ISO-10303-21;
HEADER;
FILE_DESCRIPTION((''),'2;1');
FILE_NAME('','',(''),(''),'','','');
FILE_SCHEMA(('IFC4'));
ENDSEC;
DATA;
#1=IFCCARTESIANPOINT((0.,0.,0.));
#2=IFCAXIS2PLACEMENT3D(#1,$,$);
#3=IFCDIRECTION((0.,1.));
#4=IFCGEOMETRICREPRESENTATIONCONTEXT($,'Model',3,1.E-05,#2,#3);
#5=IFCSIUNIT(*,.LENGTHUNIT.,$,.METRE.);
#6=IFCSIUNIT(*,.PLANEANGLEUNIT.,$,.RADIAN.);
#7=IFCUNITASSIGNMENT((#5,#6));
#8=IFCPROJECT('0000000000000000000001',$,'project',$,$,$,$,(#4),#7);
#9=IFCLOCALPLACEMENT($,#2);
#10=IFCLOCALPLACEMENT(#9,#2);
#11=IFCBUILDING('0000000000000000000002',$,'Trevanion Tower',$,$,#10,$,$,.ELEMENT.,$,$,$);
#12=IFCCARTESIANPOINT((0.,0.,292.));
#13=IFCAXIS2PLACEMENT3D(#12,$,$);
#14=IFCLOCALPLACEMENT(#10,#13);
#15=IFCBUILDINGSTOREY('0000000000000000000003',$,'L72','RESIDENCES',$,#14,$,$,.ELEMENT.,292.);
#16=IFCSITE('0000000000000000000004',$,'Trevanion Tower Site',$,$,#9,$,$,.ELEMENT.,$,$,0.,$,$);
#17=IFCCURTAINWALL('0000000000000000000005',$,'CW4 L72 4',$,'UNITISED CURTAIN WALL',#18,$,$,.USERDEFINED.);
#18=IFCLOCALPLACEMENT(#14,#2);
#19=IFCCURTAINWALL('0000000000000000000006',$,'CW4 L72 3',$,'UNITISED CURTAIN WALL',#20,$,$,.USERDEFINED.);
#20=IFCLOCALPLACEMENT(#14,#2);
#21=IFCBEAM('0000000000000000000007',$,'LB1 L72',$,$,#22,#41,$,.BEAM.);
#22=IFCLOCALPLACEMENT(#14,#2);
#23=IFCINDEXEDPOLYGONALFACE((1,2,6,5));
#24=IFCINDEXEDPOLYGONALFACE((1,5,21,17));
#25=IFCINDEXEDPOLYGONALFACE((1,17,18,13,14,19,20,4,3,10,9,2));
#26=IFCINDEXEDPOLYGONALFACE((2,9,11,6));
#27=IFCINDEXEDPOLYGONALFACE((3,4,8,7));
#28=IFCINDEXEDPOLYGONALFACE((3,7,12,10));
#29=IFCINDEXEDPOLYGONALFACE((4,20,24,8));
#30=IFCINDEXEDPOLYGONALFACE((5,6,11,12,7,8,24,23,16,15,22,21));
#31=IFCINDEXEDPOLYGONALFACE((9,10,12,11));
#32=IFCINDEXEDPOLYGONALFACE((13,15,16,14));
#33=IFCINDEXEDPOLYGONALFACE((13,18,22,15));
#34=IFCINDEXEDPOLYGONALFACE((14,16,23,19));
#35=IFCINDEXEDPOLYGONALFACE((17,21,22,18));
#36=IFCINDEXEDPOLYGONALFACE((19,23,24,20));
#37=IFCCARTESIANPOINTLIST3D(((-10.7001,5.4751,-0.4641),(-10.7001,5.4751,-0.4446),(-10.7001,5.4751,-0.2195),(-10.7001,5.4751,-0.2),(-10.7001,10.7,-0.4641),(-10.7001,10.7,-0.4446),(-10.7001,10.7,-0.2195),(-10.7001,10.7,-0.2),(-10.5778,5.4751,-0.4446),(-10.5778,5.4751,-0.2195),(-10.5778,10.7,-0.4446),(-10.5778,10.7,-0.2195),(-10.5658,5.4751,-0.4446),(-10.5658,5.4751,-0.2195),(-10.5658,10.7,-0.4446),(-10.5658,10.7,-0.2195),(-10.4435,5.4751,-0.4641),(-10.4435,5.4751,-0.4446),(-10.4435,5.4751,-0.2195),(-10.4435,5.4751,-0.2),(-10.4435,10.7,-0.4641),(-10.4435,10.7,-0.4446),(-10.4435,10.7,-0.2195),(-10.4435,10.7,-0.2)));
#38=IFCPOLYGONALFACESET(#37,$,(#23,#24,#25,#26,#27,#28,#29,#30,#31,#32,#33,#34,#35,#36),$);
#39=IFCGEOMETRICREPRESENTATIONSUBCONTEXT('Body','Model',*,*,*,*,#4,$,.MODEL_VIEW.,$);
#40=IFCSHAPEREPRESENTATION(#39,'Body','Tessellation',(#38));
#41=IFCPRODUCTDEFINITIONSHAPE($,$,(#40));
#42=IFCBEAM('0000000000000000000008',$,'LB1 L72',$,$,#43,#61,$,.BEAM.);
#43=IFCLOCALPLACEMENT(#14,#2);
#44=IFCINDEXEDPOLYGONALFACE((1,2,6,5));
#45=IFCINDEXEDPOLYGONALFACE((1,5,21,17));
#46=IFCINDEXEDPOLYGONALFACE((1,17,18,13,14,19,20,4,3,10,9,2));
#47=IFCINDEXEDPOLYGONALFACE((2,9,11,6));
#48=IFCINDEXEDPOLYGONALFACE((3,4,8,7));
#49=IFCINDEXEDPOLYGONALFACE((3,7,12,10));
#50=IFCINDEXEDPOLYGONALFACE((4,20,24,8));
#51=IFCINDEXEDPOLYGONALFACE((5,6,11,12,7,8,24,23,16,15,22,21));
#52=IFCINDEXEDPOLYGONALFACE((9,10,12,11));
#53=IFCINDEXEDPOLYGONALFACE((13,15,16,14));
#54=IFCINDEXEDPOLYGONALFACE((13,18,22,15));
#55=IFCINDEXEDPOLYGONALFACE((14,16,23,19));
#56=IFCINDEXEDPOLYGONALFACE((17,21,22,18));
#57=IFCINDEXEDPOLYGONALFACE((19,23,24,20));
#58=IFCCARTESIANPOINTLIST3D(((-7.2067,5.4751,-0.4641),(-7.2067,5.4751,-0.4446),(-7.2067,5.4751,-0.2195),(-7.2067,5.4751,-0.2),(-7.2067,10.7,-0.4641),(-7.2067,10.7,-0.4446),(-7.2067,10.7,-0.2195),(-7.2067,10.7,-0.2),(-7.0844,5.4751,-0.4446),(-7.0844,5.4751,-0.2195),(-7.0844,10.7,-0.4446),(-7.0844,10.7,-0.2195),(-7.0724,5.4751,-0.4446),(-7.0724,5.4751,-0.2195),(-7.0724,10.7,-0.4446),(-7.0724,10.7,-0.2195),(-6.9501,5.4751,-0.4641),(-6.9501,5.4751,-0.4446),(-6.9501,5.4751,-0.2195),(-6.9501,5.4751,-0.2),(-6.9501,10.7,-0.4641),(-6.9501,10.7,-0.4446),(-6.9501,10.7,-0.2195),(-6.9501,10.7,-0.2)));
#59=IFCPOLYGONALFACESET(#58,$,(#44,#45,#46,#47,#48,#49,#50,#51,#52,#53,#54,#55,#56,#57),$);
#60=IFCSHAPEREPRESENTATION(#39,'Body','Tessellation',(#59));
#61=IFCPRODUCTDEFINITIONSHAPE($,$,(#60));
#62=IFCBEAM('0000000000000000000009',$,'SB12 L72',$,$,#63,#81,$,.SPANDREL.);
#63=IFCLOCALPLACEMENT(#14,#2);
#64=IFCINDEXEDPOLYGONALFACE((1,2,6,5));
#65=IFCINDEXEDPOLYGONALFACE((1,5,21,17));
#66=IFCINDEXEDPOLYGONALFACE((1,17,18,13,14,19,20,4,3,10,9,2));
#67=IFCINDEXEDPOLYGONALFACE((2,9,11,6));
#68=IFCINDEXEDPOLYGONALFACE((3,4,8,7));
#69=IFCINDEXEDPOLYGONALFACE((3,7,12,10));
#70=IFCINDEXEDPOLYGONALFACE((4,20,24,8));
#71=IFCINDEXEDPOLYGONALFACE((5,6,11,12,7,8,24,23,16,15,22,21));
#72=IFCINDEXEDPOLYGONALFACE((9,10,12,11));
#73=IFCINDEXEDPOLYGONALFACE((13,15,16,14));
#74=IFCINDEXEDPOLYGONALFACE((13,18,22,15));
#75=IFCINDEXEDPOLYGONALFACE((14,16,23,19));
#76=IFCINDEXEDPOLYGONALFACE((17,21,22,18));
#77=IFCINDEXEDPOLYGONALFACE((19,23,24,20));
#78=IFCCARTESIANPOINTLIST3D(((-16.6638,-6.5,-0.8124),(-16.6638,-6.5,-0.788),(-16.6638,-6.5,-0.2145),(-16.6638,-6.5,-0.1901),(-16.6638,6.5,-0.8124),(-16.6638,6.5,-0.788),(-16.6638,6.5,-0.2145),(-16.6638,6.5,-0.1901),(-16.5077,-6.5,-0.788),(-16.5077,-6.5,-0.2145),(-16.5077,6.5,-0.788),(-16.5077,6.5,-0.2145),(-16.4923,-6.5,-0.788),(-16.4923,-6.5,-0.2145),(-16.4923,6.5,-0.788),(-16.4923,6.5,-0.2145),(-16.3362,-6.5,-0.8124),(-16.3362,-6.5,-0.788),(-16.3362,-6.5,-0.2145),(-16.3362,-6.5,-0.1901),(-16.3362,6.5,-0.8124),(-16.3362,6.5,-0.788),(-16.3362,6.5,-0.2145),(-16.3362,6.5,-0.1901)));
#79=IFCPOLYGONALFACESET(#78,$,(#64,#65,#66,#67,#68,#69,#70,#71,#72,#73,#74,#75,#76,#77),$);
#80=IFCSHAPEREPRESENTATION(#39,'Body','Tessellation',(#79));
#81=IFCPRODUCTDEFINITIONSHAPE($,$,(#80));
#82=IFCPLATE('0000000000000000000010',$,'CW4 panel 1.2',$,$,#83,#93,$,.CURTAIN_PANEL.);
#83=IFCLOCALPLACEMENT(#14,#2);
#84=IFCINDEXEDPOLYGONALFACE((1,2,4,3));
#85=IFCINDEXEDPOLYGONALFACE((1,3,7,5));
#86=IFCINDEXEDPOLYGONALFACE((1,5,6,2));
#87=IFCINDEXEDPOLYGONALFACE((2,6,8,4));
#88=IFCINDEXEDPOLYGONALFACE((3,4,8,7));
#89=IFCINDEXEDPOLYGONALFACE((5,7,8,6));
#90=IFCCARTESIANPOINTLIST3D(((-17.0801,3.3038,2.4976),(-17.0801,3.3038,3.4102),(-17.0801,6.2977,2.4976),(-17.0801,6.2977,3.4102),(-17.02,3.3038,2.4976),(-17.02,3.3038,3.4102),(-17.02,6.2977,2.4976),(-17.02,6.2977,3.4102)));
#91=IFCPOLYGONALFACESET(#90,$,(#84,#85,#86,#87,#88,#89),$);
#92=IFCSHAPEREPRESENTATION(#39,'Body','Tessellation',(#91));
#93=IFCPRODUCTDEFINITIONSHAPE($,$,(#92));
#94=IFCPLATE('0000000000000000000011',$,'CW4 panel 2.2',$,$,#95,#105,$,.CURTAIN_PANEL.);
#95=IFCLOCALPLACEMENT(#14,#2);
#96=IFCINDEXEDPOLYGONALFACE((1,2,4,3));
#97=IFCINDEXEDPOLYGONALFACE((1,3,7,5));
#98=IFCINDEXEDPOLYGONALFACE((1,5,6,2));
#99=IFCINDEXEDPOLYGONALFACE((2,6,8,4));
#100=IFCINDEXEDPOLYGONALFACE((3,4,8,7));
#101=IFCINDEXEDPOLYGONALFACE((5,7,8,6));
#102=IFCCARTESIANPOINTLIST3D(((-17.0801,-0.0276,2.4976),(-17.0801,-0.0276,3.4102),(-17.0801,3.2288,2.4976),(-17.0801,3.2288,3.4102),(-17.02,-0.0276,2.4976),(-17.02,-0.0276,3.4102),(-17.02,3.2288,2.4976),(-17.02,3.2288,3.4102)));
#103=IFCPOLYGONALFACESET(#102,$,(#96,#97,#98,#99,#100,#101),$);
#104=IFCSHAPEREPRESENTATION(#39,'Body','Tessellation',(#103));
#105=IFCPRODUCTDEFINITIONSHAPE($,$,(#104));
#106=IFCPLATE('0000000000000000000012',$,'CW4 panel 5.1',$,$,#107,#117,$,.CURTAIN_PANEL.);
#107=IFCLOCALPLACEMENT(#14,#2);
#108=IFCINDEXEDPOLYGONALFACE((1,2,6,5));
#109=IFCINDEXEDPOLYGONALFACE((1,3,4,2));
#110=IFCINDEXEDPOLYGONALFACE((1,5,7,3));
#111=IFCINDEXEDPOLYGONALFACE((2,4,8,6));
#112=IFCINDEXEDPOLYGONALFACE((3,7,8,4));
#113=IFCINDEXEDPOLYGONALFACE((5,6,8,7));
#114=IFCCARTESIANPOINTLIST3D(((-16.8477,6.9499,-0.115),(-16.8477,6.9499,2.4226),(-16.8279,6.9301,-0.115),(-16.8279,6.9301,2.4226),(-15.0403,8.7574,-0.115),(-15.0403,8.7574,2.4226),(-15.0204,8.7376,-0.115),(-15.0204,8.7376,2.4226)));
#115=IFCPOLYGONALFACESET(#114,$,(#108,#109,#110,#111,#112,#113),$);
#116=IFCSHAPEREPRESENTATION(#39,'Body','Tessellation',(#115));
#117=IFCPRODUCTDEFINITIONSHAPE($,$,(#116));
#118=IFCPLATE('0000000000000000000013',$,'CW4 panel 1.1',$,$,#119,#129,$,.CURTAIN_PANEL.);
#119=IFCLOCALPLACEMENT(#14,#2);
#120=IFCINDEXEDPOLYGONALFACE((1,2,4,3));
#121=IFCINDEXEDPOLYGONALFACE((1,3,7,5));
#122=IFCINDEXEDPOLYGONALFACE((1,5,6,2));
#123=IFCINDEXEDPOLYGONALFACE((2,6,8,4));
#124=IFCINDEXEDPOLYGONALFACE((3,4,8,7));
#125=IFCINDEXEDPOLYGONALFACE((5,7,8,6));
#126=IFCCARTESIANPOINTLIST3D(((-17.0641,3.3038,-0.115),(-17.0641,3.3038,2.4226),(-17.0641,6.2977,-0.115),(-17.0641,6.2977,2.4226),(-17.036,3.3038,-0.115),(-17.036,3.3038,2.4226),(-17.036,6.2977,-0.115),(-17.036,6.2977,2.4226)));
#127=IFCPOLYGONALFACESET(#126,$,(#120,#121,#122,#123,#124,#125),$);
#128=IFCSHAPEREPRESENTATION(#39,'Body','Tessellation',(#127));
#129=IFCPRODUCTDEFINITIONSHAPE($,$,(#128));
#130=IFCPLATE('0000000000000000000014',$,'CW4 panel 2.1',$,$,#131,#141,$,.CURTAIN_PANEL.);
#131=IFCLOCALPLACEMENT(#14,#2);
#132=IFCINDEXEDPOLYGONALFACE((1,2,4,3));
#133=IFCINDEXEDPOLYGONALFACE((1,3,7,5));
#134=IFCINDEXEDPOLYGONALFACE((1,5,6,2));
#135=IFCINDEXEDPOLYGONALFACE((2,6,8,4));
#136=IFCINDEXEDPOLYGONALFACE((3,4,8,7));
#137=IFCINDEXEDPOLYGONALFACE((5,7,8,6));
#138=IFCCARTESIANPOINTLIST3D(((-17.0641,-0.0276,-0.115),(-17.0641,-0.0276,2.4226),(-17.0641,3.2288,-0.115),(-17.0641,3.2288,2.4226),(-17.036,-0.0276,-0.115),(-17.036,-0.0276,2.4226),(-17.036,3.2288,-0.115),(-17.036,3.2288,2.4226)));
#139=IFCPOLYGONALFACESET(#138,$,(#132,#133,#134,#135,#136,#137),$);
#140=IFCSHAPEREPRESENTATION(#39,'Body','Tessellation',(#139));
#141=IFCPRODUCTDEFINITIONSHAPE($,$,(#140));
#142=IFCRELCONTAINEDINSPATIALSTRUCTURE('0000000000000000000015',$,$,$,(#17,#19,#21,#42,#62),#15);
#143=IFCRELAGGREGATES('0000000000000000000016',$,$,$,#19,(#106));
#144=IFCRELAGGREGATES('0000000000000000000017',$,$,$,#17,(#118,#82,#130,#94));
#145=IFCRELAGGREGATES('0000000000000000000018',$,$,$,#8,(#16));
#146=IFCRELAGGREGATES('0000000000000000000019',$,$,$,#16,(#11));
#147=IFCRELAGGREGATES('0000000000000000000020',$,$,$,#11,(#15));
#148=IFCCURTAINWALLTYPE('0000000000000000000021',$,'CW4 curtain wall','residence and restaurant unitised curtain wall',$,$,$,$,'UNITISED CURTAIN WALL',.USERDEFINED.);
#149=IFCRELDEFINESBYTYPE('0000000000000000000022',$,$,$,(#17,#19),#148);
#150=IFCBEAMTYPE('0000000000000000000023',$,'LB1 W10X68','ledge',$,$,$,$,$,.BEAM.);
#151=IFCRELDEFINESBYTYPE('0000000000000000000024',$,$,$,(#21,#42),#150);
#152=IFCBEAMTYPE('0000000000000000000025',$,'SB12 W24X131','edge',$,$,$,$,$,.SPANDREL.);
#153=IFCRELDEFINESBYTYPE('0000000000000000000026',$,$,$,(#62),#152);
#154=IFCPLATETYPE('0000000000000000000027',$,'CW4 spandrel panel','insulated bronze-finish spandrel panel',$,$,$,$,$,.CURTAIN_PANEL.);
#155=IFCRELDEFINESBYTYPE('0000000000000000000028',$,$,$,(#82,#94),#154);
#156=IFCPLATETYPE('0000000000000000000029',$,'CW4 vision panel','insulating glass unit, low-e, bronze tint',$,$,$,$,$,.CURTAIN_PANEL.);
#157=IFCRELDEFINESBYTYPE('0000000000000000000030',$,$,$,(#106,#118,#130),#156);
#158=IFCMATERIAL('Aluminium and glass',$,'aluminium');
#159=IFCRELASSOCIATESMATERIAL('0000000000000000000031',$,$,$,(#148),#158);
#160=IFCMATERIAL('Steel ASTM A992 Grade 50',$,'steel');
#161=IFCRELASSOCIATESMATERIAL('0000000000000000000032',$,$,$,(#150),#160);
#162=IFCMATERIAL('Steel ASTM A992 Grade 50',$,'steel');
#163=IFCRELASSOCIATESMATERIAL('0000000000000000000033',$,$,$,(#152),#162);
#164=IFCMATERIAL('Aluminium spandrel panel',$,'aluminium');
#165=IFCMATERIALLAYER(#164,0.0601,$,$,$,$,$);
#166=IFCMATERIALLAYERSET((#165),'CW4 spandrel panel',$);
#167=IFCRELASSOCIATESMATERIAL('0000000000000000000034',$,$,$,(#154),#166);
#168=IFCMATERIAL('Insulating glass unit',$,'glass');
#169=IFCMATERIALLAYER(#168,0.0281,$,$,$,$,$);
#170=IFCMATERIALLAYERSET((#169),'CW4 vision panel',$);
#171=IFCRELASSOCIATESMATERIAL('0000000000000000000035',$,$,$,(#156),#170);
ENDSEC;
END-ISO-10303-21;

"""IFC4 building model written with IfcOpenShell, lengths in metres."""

from ifc_helpers import new_model, si_unit, direction, frame, origin, origin_2d, place, context, subcontext, project, spatial, rectangle, i_section, extrude, material, layer, layer_set, material_profile, profile_set, type_object, element, aggregate, save


model = new_model("IFC4")

# Units and contexts
model_context = context("Model", 3, precision=1e-05, world=origin(), true_north=direction((0.0, 1.0)))
body_context = subcontext(model_context, "Body", "Model", "MODEL_VIEW")
ifc_project = project(units=[si_unit("LENGTHUNIT", "METRE"), si_unit("PLANEANGLEUNIT", "RADIAN")], contexts=[model_context])

# Site, building, storey
site_placement = place(None, origin())
site = spatial("IfcSite", under=ifc_project, at=site_placement, Name="Trevanion Tower Site", CompositionType="ELEMENT", RefElevation=0.0)
building_placement = place(site_placement, origin())
building = spatial("IfcBuilding", under=site, at=building_placement, Name="Trevanion Tower", CompositionType="ELEMENT")
storey_placement = place(building_placement, frame((0.0, 0.0, 292.0)))
storey = spatial("IfcBuildingStorey", under=building, at=storey_placement, Name="L72", Description="RESIDENCES", CompositionType="ELEMENT", Elevation=292.0)

# Curtain walls
ifc_material_1 = material(Name="Aluminium and glass", Category="aluminium")
curtain_wall_type = type_object("IfcCurtainWallType", Name="CW4 curtain wall", Description="residence and restaurant unitised curtain wall", ElementType="UNITISED CURTAIN WALL", PredefinedType="USERDEFINED", material=ifc_material_1)
curtain_wall_1_placement = place(storey_placement, origin())
curtain_wall_1 = element("IfcCurtainWall", 1, at=curtain_wall_1_placement, inside=storey, type_object=curtain_wall_type, Name="CW4 L72 4", ObjectType="UNITISED CURTAIN WALL", PredefinedType="USERDEFINED")
curtain_wall_2_placement = place(storey_placement, origin())
curtain_wall_2 = element("IfcCurtainWall", 2, at=curtain_wall_2_placement, inside=storey, type_object=curtain_wall_type, Name="CW4 L72 3", ObjectType="UNITISED CURTAIN WALL", PredefinedType="USERDEFINED")

# Beams
ifc_material_2 = material(Name="Steel ASTM A992 Grade 50", Category="steel")
ifc_material_profile_1 = material_profile(ifc_material_2, i_section(OverallWidth=0.2566, OverallDepth=0.2642, WebThickness=0.012, FlangeThickness=0.0195, at=origin_2d()), Name="W10X68")
ifc_profile_set_1 = profile_set([ifc_material_profile_1], Name="Steel ASTM A992 Grade 50")
beam_type_1 = type_object("IfcBeamType", Name="LB1 W10X68", Description="ledge", PredefinedType="BEAM", material=ifc_profile_set_1)
for number, where, z_axis, x_axis, name in (
    (3, (-10.5718, 5.4751, -0.332), (0.0, 1.0, 0.0), (-1.0, 0.0, 0.0), "LB1 L72"),
    (4, (-7.0784, 5.4751, -0.332), (0.0, 1.0, 0.0), (-1.0, 0.0, 0.0), "LB1 L72"),
):
    element("IfcBeam", number, at=place(storey_placement, frame(where, z_axis=z_axis, x_axis=x_axis)), inside=storey, type_object=beam_type_1, Name=name, PredefinedType="BEAM", context=body_context, shape_type="SweptSolid", body=[
        extrude(i_section(OverallWidth=0.2566, OverallDepth=0.2642, WebThickness=0.012, FlangeThickness=0.0195, at=origin_2d()), origin(), (0.0, 0.0, 1.0), 5.2249),
    ])
ifc_material_3 = material(Name="Steel ASTM A992 Grade 50", Category="steel")
ifc_material_profile_2 = material_profile(ifc_material_3, i_section(OverallWidth=0.3276, OverallDepth=0.6223, WebThickness=0.0154, FlangeThickness=0.0244, at=origin_2d()), Name="W24X131")
ifc_profile_set_2 = profile_set([ifc_material_profile_2], Name="Steel ASTM A992 Grade 50")
beam_type_2 = type_object("IfcBeamType", Name="SB12 W24X131", Description="edge", PredefinedType="SPANDREL", material=ifc_profile_set_2)
beam_1_placement = place(storey_placement, frame((-16.5, 6.5, -0.5012), z_axis=(0.0, -1.0, 0.0), x_axis=(1.0, 0.0, 0.0)))
element("IfcBeam", 5, at=beam_1_placement, inside=storey, type_object=beam_type_2, Name="SB12 L72", PredefinedType="SPANDREL", context=body_context, shape_type="SweptSolid", body=[
    extrude(i_section(OverallWidth=0.3276, OverallDepth=0.6223, WebThickness=0.0154, FlangeThickness=0.0244, at=origin_2d()), origin(), (0.0, 0.0, 1.0), 13.0),
])

# Plates
ifc_material_4 = material(Name="Aluminium spandrel panel", Category="aluminium")
ifc_layer_1 = layer(ifc_material_4, 0.0601)
ifc_layer_set_1 = layer_set([ifc_layer_1], Name="CW4 spandrel panel")
plate_type_1 = type_object("IfcPlateType", Name="CW4 spandrel panel", Description="insulated bronze-finish spandrel panel", PredefinedType="CURTAIN_PANEL", material=ifc_layer_set_1)
plate_1_placement = place(storey_placement, frame((-17.05, 4.8008, 2.4976), z_axis=(0.0, 0.0, 1.0), x_axis=(0.0, -1.0, 0.0)))
plate_1 = element("IfcPlate", 6, at=plate_1_placement, type_object=plate_type_1, Name="CW4 panel 1.2", PredefinedType="CURTAIN_PANEL", context=body_context, shape_type="SweptSolid", body=[
    extrude(rectangle(XDim=2.9939, YDim=0.0601, at=origin_2d()), origin(), (0.0, 0.0, 1.0), 0.9126),
])
plate_2_placement = place(storey_placement, frame((-17.05, 1.6006, 2.4976), z_axis=(0.0, 0.0, 1.0), x_axis=(0.0, -1.0, 0.0)))
plate_2 = element("IfcPlate", 7, at=plate_2_placement, type_object=plate_type_1, Name="CW4 panel 2.2", PredefinedType="CURTAIN_PANEL", context=body_context, shape_type="SweptSolid", body=[
    extrude(rectangle(XDim=3.2563, YDim=0.0601, at=origin_2d()), origin(), (0.0, 0.0, 1.0), 0.9126),
])
ifc_material_5 = material(Name="Insulating glass unit", Category="glass")
ifc_layer_2 = layer(ifc_material_5, 0.0281)
ifc_layer_set_2 = layer_set([ifc_layer_2], Name="CW4 vision panel")
plate_type_2 = type_object("IfcPlateType", Name="CW4 vision panel", Description="insulating glass unit, low-e, bronze tint", PredefinedType="CURTAIN_PANEL", material=ifc_layer_set_2)
plate_3_placement = place(storey_placement, frame((-15.9341, 7.8438, -0.115), z_axis=(0.0, 0.0, 1.0), x_axis=(-0.707107, -0.707107, 0.0)))
plate_3 = element("IfcPlate", 8, at=plate_3_placement, type_object=plate_type_2, Name="CW4 panel 5.1", PredefinedType="CURTAIN_PANEL", context=body_context, shape_type="SweptSolid", body=[
    extrude(rectangle(XDim=2.5562, YDim=0.0281, at=origin_2d()), origin(), (0.0, 0.0, 1.0), 2.5376),
])
aggregate(curtain_wall_2, [plate_3])
plate_4_placement = place(storey_placement, frame((-17.05, 4.8008, -0.115), z_axis=(0.0, 0.0, 1.0), x_axis=(0.0, -1.0, 0.0)))
plate_4 = element("IfcPlate", 9, at=plate_4_placement, type_object=plate_type_2, Name="CW4 panel 1.1", PredefinedType="CURTAIN_PANEL", context=body_context, shape_type="SweptSolid", body=[
    extrude(rectangle(XDim=2.9939, YDim=0.0281, at=origin_2d()), origin(), (0.0, 0.0, 1.0), 2.5376),
])
plate_5_placement = place(storey_placement, frame((-17.05, 1.6006, -0.115), z_axis=(0.0, 0.0, 1.0), x_axis=(0.0, -1.0, 0.0)))
plate_5 = element("IfcPlate", 10, at=plate_5_placement, type_object=plate_type_2, Name="CW4 panel 2.1", PredefinedType="CURTAIN_PANEL", context=body_context, shape_type="SweptSolid", body=[
    extrude(rectangle(XDim=3.2563, YDim=0.0281, at=origin_2d()), origin(), (0.0, 0.0, 1.0), 2.5376),
])
aggregate(curtain_wall_1, [plate_4, plate_1, plate_5, plate_2])

save(model, "model.ifc")
